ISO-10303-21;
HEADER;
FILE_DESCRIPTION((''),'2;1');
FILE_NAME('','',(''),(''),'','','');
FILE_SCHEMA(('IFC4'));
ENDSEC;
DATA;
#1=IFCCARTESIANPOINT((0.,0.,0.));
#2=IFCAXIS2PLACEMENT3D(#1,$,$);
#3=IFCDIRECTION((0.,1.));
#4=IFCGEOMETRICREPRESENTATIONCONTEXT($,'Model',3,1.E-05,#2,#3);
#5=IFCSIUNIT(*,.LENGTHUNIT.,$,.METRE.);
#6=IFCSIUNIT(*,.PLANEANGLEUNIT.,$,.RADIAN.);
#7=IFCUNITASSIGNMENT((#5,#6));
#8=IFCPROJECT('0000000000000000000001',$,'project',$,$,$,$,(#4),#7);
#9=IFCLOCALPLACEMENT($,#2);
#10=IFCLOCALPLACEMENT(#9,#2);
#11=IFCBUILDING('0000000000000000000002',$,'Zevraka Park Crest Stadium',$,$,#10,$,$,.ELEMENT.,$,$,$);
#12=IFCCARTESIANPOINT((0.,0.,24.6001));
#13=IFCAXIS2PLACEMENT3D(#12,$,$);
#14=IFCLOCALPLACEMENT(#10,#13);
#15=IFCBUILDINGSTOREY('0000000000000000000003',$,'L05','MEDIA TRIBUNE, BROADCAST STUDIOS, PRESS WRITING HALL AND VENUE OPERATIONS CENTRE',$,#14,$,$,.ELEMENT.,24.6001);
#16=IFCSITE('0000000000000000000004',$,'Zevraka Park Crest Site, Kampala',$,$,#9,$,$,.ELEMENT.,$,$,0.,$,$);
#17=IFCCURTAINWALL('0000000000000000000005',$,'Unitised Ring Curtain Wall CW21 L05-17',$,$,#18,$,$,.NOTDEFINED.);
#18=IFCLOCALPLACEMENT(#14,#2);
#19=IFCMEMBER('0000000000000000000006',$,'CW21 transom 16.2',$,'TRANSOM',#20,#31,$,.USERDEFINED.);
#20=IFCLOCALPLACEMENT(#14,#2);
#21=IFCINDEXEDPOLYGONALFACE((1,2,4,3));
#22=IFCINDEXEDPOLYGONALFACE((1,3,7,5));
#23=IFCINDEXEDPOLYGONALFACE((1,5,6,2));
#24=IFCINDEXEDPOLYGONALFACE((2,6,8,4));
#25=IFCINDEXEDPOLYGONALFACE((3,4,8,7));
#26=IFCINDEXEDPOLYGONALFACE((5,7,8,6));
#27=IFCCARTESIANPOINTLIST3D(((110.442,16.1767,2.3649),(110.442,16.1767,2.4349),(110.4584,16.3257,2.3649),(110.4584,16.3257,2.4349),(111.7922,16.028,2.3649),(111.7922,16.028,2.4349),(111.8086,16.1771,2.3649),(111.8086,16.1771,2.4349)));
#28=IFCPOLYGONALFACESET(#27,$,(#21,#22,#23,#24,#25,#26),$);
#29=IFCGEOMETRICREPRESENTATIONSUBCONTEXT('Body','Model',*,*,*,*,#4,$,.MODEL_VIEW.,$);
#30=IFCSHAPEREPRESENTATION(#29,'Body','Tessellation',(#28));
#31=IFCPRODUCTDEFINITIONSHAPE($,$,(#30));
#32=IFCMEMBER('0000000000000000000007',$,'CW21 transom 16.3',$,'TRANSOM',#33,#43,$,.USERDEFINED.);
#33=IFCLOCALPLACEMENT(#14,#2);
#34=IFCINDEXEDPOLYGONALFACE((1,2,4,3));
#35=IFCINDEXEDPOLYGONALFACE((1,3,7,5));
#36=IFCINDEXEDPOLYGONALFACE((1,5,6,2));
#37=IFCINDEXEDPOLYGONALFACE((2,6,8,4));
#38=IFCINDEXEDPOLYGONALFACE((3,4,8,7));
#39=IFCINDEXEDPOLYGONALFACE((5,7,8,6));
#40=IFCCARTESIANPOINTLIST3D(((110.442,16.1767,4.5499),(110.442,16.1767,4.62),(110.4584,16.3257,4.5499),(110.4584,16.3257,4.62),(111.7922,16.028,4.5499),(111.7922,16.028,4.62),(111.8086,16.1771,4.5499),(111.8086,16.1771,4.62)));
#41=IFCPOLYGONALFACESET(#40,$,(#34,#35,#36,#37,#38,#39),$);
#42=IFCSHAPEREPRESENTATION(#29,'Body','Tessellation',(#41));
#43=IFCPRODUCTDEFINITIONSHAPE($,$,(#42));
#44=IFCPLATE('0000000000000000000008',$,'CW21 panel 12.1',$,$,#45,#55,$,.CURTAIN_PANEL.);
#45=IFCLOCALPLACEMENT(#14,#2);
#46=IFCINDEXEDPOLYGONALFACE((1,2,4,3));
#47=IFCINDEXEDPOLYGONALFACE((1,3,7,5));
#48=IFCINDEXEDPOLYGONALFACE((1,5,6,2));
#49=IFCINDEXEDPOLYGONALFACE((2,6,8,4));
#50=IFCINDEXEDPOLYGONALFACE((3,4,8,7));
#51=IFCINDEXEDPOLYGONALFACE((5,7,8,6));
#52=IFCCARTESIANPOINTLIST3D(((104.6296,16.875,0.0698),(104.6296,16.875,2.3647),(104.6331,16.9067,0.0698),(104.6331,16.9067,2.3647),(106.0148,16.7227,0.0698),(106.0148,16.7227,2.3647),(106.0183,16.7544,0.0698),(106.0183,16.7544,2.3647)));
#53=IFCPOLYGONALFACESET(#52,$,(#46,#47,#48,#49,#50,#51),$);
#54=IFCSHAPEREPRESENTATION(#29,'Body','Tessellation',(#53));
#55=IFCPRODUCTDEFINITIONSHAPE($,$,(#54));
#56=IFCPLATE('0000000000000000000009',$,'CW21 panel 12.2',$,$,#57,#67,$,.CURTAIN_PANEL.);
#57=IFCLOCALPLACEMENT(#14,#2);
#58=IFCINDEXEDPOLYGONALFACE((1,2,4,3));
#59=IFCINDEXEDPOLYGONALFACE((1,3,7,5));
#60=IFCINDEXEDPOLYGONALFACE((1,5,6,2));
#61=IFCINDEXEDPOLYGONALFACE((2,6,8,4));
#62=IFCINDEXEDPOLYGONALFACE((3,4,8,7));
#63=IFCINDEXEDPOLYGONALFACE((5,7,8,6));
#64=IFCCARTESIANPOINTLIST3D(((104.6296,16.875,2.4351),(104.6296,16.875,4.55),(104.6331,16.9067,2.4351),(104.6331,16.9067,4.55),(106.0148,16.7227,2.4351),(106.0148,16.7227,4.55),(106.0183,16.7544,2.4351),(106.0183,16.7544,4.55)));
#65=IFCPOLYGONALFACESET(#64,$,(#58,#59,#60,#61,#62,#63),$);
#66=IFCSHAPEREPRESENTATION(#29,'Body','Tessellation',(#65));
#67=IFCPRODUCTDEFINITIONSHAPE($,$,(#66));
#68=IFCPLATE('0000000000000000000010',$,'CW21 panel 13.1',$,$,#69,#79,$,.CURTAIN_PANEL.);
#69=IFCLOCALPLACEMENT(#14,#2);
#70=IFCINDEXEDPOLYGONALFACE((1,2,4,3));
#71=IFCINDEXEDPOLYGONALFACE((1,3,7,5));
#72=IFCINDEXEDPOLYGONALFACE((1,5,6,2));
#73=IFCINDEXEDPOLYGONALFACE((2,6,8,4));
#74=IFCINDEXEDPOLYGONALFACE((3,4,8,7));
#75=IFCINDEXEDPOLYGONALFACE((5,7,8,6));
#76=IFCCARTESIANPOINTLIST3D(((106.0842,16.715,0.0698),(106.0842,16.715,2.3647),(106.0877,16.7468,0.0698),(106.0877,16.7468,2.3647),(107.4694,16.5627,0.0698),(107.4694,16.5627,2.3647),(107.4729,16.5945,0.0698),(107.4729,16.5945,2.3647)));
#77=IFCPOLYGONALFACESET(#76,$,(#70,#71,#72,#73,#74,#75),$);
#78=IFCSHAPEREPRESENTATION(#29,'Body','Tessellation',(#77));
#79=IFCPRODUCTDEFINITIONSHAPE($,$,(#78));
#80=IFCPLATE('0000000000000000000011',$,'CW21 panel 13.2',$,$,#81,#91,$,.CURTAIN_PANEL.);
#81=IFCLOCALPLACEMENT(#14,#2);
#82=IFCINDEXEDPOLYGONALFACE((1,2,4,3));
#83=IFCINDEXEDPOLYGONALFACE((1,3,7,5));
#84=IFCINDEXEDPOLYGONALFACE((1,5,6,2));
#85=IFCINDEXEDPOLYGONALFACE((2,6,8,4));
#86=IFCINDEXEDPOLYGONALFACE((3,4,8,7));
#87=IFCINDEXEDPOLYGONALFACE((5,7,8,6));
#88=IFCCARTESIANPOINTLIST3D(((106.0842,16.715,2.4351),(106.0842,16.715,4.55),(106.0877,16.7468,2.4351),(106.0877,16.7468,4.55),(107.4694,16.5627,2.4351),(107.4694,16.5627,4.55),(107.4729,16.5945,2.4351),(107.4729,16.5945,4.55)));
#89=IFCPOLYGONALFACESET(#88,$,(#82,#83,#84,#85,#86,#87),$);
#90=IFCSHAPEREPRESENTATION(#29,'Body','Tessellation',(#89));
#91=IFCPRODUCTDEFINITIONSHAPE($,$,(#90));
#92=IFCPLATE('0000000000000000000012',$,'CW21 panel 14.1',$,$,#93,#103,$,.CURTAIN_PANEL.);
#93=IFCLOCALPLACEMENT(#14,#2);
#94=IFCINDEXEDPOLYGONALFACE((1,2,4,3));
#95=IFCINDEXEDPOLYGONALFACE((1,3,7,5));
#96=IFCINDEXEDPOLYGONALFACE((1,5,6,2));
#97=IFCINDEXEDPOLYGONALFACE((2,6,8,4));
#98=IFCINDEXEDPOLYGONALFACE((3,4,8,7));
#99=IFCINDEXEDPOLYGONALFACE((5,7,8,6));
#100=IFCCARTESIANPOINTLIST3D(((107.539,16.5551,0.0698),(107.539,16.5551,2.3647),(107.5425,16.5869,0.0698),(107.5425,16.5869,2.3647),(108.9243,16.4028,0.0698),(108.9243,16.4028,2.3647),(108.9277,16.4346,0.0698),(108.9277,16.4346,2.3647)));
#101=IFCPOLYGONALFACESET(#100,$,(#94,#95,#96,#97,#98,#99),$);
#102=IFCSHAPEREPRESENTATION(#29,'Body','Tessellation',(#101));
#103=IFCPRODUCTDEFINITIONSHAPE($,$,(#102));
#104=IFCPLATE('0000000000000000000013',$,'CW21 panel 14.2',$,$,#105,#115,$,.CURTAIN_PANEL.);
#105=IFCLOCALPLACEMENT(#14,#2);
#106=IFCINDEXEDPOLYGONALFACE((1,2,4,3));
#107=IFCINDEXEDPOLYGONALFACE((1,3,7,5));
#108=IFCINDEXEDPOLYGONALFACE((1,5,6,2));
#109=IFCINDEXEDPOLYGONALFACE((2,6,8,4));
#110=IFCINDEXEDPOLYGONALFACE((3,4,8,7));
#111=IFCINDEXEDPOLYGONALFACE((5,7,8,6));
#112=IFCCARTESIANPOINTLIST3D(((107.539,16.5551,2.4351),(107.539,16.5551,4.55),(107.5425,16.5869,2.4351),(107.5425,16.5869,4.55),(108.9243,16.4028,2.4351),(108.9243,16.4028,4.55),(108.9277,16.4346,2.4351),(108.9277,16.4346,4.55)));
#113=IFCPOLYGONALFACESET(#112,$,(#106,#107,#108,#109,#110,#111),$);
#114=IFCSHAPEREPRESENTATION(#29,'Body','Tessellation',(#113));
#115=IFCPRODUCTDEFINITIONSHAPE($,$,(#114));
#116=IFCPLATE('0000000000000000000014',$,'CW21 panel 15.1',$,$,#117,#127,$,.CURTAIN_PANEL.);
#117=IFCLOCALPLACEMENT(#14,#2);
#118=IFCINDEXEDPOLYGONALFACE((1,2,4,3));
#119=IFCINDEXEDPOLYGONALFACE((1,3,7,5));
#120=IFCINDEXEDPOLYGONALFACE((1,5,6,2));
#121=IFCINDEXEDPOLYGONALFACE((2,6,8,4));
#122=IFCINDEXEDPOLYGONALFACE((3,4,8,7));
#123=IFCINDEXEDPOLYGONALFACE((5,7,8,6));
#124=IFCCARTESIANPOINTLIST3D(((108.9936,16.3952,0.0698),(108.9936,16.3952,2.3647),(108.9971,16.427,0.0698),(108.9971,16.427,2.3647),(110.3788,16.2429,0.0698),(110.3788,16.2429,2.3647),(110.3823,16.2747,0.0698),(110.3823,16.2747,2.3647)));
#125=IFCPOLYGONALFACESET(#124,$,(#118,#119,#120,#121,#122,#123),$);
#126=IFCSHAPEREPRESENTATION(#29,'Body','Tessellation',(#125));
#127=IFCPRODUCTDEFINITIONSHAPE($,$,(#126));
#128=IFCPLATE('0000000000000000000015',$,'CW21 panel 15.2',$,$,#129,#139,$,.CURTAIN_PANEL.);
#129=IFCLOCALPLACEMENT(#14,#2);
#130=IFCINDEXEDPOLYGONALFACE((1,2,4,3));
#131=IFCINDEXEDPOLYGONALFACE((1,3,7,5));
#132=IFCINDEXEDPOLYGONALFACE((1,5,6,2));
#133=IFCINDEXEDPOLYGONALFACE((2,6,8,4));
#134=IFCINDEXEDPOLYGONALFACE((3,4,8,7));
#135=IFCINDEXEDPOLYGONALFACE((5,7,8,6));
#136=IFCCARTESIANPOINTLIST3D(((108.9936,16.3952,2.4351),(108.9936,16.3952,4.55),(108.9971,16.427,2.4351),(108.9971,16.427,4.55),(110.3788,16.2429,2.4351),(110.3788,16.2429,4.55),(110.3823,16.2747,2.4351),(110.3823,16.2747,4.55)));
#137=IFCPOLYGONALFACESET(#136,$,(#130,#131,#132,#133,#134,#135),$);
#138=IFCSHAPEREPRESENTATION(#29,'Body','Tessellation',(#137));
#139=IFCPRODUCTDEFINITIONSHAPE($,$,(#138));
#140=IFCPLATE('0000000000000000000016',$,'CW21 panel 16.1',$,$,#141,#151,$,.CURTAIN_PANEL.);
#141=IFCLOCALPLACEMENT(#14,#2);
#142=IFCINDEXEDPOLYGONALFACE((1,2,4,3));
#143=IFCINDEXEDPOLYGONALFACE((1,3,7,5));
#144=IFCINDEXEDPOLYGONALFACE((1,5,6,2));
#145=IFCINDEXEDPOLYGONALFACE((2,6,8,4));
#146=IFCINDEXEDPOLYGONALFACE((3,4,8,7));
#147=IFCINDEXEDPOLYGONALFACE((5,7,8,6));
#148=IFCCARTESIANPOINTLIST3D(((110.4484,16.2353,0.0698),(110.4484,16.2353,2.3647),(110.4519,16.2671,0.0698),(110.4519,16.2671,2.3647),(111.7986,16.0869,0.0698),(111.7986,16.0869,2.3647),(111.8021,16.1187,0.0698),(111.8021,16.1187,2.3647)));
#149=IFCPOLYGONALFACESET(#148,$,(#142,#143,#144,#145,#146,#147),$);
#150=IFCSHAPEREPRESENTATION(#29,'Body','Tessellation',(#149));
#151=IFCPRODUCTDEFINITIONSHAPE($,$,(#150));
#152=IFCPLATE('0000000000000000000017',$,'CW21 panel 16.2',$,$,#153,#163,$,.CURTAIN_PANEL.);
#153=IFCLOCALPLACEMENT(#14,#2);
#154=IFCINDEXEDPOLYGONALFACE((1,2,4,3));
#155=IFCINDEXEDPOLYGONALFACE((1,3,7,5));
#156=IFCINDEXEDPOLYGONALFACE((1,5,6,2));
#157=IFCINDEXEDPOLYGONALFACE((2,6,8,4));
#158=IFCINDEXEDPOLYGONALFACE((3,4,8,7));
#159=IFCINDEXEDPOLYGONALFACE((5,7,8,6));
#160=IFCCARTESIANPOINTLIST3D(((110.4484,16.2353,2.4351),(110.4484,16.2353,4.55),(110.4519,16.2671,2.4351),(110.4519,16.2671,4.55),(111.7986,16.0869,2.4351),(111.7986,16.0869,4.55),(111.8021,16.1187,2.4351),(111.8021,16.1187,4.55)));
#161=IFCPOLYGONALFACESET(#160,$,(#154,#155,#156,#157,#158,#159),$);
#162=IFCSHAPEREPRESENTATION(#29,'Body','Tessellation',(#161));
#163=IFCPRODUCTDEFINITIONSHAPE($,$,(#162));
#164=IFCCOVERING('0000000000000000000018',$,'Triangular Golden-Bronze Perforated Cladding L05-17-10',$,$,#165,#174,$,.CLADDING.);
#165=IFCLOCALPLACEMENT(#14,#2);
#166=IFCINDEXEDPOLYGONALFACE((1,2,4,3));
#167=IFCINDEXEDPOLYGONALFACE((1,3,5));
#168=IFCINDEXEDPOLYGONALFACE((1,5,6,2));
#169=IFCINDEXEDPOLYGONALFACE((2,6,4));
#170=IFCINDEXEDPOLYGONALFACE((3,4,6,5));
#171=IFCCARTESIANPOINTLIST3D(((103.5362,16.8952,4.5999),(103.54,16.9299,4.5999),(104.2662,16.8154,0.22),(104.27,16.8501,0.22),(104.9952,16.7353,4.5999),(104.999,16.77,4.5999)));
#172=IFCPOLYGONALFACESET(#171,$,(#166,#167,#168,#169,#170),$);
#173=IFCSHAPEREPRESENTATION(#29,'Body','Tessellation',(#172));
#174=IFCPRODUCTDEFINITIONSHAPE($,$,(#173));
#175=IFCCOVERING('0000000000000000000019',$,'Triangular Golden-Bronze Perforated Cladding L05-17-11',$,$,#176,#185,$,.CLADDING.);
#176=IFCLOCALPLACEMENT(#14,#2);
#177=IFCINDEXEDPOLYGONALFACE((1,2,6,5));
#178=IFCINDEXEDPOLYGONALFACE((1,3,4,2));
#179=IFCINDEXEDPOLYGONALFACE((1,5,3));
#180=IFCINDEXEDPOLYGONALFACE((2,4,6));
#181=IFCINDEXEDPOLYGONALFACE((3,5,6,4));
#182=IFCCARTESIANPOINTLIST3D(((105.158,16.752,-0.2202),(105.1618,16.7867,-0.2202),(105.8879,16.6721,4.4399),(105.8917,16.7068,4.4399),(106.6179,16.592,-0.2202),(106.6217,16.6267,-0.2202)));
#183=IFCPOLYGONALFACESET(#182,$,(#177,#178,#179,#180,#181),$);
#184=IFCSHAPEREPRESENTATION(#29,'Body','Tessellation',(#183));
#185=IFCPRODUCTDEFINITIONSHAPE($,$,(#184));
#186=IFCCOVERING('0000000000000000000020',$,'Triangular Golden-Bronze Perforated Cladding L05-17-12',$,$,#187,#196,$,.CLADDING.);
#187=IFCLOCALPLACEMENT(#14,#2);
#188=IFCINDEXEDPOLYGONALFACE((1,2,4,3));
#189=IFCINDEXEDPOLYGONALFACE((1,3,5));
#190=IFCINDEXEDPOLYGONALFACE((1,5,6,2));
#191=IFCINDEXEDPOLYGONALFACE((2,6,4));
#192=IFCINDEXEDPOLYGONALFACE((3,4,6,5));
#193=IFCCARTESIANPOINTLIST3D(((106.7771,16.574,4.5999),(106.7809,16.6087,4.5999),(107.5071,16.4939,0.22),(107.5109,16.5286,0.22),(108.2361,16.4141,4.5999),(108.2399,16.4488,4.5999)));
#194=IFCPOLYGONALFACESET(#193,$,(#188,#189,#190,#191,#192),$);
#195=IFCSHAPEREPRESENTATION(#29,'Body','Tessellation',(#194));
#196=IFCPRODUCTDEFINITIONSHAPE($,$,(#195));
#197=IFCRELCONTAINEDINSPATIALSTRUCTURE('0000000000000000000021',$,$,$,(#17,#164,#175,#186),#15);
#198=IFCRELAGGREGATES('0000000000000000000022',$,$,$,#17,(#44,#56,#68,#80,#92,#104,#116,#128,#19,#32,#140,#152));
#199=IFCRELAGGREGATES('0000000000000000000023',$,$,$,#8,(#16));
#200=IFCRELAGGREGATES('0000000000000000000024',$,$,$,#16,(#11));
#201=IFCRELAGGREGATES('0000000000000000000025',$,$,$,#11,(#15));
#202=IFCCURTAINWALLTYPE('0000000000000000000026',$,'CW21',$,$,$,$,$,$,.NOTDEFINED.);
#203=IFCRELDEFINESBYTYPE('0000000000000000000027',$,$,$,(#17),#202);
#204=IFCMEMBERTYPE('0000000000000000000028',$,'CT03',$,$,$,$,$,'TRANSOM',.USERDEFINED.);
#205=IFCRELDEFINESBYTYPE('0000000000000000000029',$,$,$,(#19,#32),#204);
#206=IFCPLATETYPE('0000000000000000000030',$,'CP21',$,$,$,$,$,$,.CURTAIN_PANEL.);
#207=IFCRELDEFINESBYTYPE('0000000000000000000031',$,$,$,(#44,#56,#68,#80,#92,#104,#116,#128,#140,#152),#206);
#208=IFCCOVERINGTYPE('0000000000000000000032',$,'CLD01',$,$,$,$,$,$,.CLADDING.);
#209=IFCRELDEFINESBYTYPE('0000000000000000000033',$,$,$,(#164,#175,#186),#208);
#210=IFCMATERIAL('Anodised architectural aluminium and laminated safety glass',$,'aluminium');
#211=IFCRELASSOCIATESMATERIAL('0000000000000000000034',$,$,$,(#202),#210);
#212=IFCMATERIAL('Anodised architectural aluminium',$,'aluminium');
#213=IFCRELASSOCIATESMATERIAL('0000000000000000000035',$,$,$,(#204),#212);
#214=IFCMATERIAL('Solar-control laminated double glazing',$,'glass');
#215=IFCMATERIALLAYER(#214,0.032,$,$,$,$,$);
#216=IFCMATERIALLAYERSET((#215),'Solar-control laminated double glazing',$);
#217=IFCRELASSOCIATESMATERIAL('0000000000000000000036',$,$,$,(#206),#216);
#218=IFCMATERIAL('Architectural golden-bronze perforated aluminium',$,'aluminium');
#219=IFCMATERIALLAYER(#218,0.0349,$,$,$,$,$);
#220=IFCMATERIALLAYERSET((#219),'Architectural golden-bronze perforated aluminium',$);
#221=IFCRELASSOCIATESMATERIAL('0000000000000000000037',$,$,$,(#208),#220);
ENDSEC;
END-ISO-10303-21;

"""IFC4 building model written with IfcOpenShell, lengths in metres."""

from ifc_helpers import new_model, si_unit, direction, frame, origin, origin_2d, place, context, subcontext, project, spatial, polyline, rectangle, outline, extrude, material, layer, layer_set, material_profile, profile_set, type_object, element, aggregate, save


model = new_model("IFC4")

# Units and contexts
model_context = context("Model", 3, precision=1e-05, world=origin(), true_north=direction((0.0, 1.0)))
body_context = subcontext(model_context, "Body", "Model", "MODEL_VIEW")
ifc_project = project(units=[si_unit("LENGTHUNIT", "METRE"), si_unit("PLANEANGLEUNIT", "RADIAN")], contexts=[model_context])

# Site, building, storey
site_placement = place(None, origin())
site = spatial("IfcSite", under=ifc_project, at=site_placement, Name="Zevraka Park Crest Site, Kampala", CompositionType="ELEMENT", RefElevation=0.0)
building_placement = place(site_placement, origin())
building = spatial("IfcBuilding", under=site, at=building_placement, Name="Zevraka Park Crest Stadium", CompositionType="ELEMENT")
storey_placement = place(building_placement, frame((0.0, 0.0, 24.6001)))
storey = spatial("IfcBuildingStorey", under=building, at=storey_placement, Name="L05", Description="MEDIA TRIBUNE, BROADCAST STUDIOS, PRESS WRITING HALL AND VENUE OPERATIONS CENTRE", CompositionType="ELEMENT", Elevation=24.6001)

# Curtain wall, members, plates
ifc_material_1 = material(Name="Anodised architectural aluminium and laminated safety glass", Category="aluminium")
curtain_wall_type = type_object("IfcCurtainWallType", Name="CW21", PredefinedType="NOTDEFINED", material=ifc_material_1)
curtain_wall_placement = place(storey_placement, origin())
curtain_wall = element("IfcCurtainWall", 1, at=curtain_wall_placement, inside=storey, type_object=curtain_wall_type, Name="Unitised Ring Curtain Wall CW21 L05-17", PredefinedType="NOTDEFINED")
ifc_material_2 = material(Name="Anodised architectural aluminium", Category="aluminium")
ifc_material_profile_1 = material_profile(ifc_material_2, rectangle(XDim=0.1499, YDim=0.0701, at=origin_2d()), Name="ALU TRANSOM 150x70")
ifc_profile_set_1 = profile_set([ifc_material_profile_1], Name="Anodised architectural aluminium")
member_type_1 = type_object("IfcMemberType", Name="CT03", ElementType="TRANSOM", PredefinedType="USERDEFINED", material=ifc_profile_set_1)
member_1_placement = place(storey_placement, frame((110.4502, 16.2512, 2.3999), z_axis=(0.993993, -0.109445, 0.0), x_axis=(0.109445, 0.993993, 0.0)))
member_1 = element("IfcMember", 2, at=member_1_placement, type_object=member_type_1, Name="CW21 transom 16.2", ObjectType="TRANSOM", PredefinedType="USERDEFINED", context=body_context, shape_type="SweptSolid", body=[
    extrude(rectangle(XDim=0.1499, YDim=0.0701, at=origin_2d()), origin(), (0.0, 0.0, 1.0), 1.3584),
])
member_2_placement = place(storey_placement, frame((110.4502, 16.2512, 4.585), z_axis=(0.993993, -0.109445, 0.0), x_axis=(0.109445, 0.993993, 0.0)))
member_2 = element("IfcMember", 3, at=member_2_placement, type_object=member_type_1, Name="CW21 transom 16.3", ObjectType="TRANSOM", PredefinedType="USERDEFINED", context=body_context, shape_type="SweptSolid", body=[
    extrude(rectangle(XDim=0.1499, YDim=0.0701, at=origin_2d()), origin(), (0.0, 0.0, 1.0), 1.3584),
])
ifc_material_3 = material(Name="Solar-control laminated double glazing", Category="glass")
ifc_layer_1 = layer(ifc_material_3, 0.032)
ifc_layer_set_1 = layer_set([ifc_layer_1], Name="Solar-control laminated double glazing")
plate_type = type_object("IfcPlateType", Name="CP21", PredefinedType="CURTAIN_PANEL", material=ifc_layer_set_1)
plate_1_placement = place(storey_placement, frame((105.324, 16.8147, 0.0698), z_axis=(0.0, 0.0, 1.0), x_axis=(0.99401, -0.109288, 0.0)))
plate_1 = element("IfcPlate", 4, at=plate_1_placement, type_object=plate_type, Name="CW21 panel 12.1", PredefinedType="CURTAIN_PANEL", context=body_context, shape_type="SweptSolid", body=[
    extrude(rectangle(XDim=1.3936, YDim=0.032, at=origin_2d()), origin(), (0.0, 0.0, 1.0), 2.2949),
])
plate_2_placement = place(storey_placement, frame((105.324, 16.8147, 2.4351), z_axis=(0.0, 0.0, 1.0), x_axis=(0.99401, -0.109288, 0.0)))
plate_2 = element("IfcPlate", 5, at=plate_2_placement, type_object=plate_type, Name="CW21 panel 12.2", PredefinedType="CURTAIN_PANEL", context=body_context, shape_type="SweptSolid", body=[
    extrude(rectangle(XDim=1.3936, YDim=0.032, at=origin_2d()), origin(), (0.0, 0.0, 1.0), 2.115),
])
plate_3_placement = place(storey_placement, frame((106.7786, 16.6548, 0.0698), z_axis=(0.0, 0.0, 1.0), x_axis=(0.99401, -0.109288, 0.0)))
plate_3 = element("IfcPlate", 6, at=plate_3_placement, type_object=plate_type, Name="CW21 panel 13.1", PredefinedType="CURTAIN_PANEL", context=body_context, shape_type="SweptSolid", body=[
    extrude(rectangle(XDim=1.3936, YDim=0.032, at=origin_2d()), origin(), (0.0, 0.0, 1.0), 2.2949),
])
plate_4_placement = place(storey_placement, frame((106.7786, 16.6548, 2.4351), z_axis=(0.0, 0.0, 1.0), x_axis=(0.99401, -0.109288, 0.0)))
plate_4 = element("IfcPlate", 7, at=plate_4_placement, type_object=plate_type, Name="CW21 panel 13.2", PredefinedType="CURTAIN_PANEL", context=body_context, shape_type="SweptSolid", body=[
    extrude(rectangle(XDim=1.3936, YDim=0.032, at=origin_2d()), origin(), (0.0, 0.0, 1.0), 2.115),
])
plate_5_placement = place(storey_placement, frame((108.2334, 16.4949, 0.0698), z_axis=(0.0, 0.0, 1.0), x_axis=(0.99401, -0.109288, 0.0)))
plate_5 = element("IfcPlate", 8, at=plate_5_placement, type_object=plate_type, Name="CW21 panel 14.1", PredefinedType="CURTAIN_PANEL", context=body_context, shape_type="SweptSolid", body=[
    extrude(rectangle(XDim=1.3936, YDim=0.032, at=origin_2d()), origin(), (0.0, 0.0, 1.0), 2.2949),
])
plate_6_placement = place(storey_placement, frame((108.2334, 16.4949, 2.4351), z_axis=(0.0, 0.0, 1.0), x_axis=(0.99401, -0.109288, 0.0)))
plate_6 = element("IfcPlate", 9, at=plate_6_placement, type_object=plate_type, Name="CW21 panel 14.2", PredefinedType="CURTAIN_PANEL", context=body_context, shape_type="SweptSolid", body=[
    extrude(rectangle(XDim=1.3936, YDim=0.032, at=origin_2d()), origin(), (0.0, 0.0, 1.0), 2.115),
])
plate_7_placement = place(storey_placement, frame((109.688, 16.335, 0.0698), z_axis=(0.0, 0.0, 1.0), x_axis=(0.99401, -0.109288, 0.0)))
plate_7 = element("IfcPlate", 10, at=plate_7_placement, type_object=plate_type, Name="CW21 panel 15.1", PredefinedType="CURTAIN_PANEL", context=body_context, shape_type="SweptSolid", body=[
    extrude(rectangle(XDim=1.3936, YDim=0.032, at=origin_2d()), origin(), (0.0, 0.0, 1.0), 2.2949),
])
plate_8_placement = place(storey_placement, frame((109.688, 16.335, 2.4351), z_axis=(0.0, 0.0, 1.0), x_axis=(0.99401, -0.109288, 0.0)))
plate_8 = element("IfcPlate", 11, at=plate_8_placement, type_object=plate_type, Name="CW21 panel 15.2", PredefinedType="CURTAIN_PANEL", context=body_context, shape_type="SweptSolid", body=[
    extrude(rectangle(XDim=1.3936, YDim=0.032, at=origin_2d()), origin(), (0.0, 0.0, 1.0), 2.115),
])
plate_9_placement = place(storey_placement, frame((111.1252, 16.177, 0.0698), z_axis=(0.0, 0.0, 1.0), x_axis=(0.99401, -0.109288, 0.0)))
plate_9 = element("IfcPlate", 12, at=plate_9_placement, type_object=plate_type, Name="CW21 panel 16.1", PredefinedType="CURTAIN_PANEL", context=body_context, shape_type="SweptSolid", body=[
    extrude(rectangle(XDim=1.3584, YDim=0.032, at=origin_2d()), origin(), (0.0, 0.0, 1.0), 2.2949),
])
plate_10_placement = place(storey_placement, frame((111.1252, 16.177, 2.4351), z_axis=(0.0, 0.0, 1.0), x_axis=(0.99401, -0.109288, 0.0)))
plate_10 = element("IfcPlate", 13, at=plate_10_placement, type_object=plate_type, Name="CW21 panel 16.2", PredefinedType="CURTAIN_PANEL", context=body_context, shape_type="SweptSolid", body=[
    extrude(rectangle(XDim=1.3584, YDim=0.032, at=origin_2d()), origin(), (0.0, 0.0, 1.0), 2.115),
])
aggregate(curtain_wall, [plate_1, plate_2, plate_3, plate_4, plate_5, plate_6, plate_7, plate_8, member_1, member_2, plate_9, plate_10])

# Coverings
ifc_material_4 = material(Name="Architectural golden-bronze perforated aluminium", Category="aluminium")
ifc_layer_2 = layer(ifc_material_4, 0.0349)
ifc_layer_set_2 = layer_set([ifc_layer_2], Name="Architectural golden-bronze perforated aluminium")
covering_type = type_object("IfcCoveringType", Name="CLD01", PredefinedType="CLADDING", material=ifc_layer_set_2)
covering_1_placement = place(storey_placement, frame((104.999, 16.77, 4.5999), z_axis=(0.108953, 0.994047, 0.00004), x_axis=(-0.994047, 0.108953, 0.0)))
element("IfcCovering", 14, at=covering_1_placement, inside=storey, type_object=covering_type, Name="Triangular Golden-Bronze Perforated Cladding L05-17-10", PredefinedType="CLADDING", context=body_context, shape_type="SweptSolid", body=[
    extrude(outline(polyline([(0.0, 0.0), (1.4677, 0.0), (0.7334, -4.3799), (0.0, 0.0)])), origin(), (0.0, 0.0, -1.0), 0.0349),
])
covering_2_placement = place(storey_placement, frame((105.158, 16.752, -0.2202), z_axis=(-0.108881, -0.994055, 0.000026), x_axis=(0.994055, -0.108881, 0.0)))
element("IfcCovering", 15, at=covering_2_placement, inside=storey, type_object=covering_type, Name="Triangular Golden-Bronze Perforated Cladding L05-17-11", PredefinedType="CLADDING", context=body_context, shape_type="SweptSolid", body=[
    extrude(outline(polyline([(0.0, 0.0), (1.4687, 0.0), (0.7343, 4.6602), (0.0, 0.0)])), origin(), (0.0, 0.0, -1.0), 0.0349),
])
covering_3_placement = place(storey_placement, frame((108.2361, 16.4141, 4.5999), z_axis=(-0.108953, -0.994047, 0.000016), x_axis=(-0.994047, 0.108953, 0.0)))
element("IfcCovering", 16, at=covering_3_placement, inside=storey, type_object=covering_type, Name="Triangular Golden-Bronze Perforated Cladding L05-17-12", PredefinedType="CLADDING", context=body_context, shape_type="SweptSolid", body=[
    extrude(outline(polyline([(0.0, 0.0), (1.4677, 0.0), (0.7334, 4.3799), (0.0, 0.0)])), origin(), (0.0, 0.0, -1.0), 0.0349),
])

save(model, "model.ifc")
